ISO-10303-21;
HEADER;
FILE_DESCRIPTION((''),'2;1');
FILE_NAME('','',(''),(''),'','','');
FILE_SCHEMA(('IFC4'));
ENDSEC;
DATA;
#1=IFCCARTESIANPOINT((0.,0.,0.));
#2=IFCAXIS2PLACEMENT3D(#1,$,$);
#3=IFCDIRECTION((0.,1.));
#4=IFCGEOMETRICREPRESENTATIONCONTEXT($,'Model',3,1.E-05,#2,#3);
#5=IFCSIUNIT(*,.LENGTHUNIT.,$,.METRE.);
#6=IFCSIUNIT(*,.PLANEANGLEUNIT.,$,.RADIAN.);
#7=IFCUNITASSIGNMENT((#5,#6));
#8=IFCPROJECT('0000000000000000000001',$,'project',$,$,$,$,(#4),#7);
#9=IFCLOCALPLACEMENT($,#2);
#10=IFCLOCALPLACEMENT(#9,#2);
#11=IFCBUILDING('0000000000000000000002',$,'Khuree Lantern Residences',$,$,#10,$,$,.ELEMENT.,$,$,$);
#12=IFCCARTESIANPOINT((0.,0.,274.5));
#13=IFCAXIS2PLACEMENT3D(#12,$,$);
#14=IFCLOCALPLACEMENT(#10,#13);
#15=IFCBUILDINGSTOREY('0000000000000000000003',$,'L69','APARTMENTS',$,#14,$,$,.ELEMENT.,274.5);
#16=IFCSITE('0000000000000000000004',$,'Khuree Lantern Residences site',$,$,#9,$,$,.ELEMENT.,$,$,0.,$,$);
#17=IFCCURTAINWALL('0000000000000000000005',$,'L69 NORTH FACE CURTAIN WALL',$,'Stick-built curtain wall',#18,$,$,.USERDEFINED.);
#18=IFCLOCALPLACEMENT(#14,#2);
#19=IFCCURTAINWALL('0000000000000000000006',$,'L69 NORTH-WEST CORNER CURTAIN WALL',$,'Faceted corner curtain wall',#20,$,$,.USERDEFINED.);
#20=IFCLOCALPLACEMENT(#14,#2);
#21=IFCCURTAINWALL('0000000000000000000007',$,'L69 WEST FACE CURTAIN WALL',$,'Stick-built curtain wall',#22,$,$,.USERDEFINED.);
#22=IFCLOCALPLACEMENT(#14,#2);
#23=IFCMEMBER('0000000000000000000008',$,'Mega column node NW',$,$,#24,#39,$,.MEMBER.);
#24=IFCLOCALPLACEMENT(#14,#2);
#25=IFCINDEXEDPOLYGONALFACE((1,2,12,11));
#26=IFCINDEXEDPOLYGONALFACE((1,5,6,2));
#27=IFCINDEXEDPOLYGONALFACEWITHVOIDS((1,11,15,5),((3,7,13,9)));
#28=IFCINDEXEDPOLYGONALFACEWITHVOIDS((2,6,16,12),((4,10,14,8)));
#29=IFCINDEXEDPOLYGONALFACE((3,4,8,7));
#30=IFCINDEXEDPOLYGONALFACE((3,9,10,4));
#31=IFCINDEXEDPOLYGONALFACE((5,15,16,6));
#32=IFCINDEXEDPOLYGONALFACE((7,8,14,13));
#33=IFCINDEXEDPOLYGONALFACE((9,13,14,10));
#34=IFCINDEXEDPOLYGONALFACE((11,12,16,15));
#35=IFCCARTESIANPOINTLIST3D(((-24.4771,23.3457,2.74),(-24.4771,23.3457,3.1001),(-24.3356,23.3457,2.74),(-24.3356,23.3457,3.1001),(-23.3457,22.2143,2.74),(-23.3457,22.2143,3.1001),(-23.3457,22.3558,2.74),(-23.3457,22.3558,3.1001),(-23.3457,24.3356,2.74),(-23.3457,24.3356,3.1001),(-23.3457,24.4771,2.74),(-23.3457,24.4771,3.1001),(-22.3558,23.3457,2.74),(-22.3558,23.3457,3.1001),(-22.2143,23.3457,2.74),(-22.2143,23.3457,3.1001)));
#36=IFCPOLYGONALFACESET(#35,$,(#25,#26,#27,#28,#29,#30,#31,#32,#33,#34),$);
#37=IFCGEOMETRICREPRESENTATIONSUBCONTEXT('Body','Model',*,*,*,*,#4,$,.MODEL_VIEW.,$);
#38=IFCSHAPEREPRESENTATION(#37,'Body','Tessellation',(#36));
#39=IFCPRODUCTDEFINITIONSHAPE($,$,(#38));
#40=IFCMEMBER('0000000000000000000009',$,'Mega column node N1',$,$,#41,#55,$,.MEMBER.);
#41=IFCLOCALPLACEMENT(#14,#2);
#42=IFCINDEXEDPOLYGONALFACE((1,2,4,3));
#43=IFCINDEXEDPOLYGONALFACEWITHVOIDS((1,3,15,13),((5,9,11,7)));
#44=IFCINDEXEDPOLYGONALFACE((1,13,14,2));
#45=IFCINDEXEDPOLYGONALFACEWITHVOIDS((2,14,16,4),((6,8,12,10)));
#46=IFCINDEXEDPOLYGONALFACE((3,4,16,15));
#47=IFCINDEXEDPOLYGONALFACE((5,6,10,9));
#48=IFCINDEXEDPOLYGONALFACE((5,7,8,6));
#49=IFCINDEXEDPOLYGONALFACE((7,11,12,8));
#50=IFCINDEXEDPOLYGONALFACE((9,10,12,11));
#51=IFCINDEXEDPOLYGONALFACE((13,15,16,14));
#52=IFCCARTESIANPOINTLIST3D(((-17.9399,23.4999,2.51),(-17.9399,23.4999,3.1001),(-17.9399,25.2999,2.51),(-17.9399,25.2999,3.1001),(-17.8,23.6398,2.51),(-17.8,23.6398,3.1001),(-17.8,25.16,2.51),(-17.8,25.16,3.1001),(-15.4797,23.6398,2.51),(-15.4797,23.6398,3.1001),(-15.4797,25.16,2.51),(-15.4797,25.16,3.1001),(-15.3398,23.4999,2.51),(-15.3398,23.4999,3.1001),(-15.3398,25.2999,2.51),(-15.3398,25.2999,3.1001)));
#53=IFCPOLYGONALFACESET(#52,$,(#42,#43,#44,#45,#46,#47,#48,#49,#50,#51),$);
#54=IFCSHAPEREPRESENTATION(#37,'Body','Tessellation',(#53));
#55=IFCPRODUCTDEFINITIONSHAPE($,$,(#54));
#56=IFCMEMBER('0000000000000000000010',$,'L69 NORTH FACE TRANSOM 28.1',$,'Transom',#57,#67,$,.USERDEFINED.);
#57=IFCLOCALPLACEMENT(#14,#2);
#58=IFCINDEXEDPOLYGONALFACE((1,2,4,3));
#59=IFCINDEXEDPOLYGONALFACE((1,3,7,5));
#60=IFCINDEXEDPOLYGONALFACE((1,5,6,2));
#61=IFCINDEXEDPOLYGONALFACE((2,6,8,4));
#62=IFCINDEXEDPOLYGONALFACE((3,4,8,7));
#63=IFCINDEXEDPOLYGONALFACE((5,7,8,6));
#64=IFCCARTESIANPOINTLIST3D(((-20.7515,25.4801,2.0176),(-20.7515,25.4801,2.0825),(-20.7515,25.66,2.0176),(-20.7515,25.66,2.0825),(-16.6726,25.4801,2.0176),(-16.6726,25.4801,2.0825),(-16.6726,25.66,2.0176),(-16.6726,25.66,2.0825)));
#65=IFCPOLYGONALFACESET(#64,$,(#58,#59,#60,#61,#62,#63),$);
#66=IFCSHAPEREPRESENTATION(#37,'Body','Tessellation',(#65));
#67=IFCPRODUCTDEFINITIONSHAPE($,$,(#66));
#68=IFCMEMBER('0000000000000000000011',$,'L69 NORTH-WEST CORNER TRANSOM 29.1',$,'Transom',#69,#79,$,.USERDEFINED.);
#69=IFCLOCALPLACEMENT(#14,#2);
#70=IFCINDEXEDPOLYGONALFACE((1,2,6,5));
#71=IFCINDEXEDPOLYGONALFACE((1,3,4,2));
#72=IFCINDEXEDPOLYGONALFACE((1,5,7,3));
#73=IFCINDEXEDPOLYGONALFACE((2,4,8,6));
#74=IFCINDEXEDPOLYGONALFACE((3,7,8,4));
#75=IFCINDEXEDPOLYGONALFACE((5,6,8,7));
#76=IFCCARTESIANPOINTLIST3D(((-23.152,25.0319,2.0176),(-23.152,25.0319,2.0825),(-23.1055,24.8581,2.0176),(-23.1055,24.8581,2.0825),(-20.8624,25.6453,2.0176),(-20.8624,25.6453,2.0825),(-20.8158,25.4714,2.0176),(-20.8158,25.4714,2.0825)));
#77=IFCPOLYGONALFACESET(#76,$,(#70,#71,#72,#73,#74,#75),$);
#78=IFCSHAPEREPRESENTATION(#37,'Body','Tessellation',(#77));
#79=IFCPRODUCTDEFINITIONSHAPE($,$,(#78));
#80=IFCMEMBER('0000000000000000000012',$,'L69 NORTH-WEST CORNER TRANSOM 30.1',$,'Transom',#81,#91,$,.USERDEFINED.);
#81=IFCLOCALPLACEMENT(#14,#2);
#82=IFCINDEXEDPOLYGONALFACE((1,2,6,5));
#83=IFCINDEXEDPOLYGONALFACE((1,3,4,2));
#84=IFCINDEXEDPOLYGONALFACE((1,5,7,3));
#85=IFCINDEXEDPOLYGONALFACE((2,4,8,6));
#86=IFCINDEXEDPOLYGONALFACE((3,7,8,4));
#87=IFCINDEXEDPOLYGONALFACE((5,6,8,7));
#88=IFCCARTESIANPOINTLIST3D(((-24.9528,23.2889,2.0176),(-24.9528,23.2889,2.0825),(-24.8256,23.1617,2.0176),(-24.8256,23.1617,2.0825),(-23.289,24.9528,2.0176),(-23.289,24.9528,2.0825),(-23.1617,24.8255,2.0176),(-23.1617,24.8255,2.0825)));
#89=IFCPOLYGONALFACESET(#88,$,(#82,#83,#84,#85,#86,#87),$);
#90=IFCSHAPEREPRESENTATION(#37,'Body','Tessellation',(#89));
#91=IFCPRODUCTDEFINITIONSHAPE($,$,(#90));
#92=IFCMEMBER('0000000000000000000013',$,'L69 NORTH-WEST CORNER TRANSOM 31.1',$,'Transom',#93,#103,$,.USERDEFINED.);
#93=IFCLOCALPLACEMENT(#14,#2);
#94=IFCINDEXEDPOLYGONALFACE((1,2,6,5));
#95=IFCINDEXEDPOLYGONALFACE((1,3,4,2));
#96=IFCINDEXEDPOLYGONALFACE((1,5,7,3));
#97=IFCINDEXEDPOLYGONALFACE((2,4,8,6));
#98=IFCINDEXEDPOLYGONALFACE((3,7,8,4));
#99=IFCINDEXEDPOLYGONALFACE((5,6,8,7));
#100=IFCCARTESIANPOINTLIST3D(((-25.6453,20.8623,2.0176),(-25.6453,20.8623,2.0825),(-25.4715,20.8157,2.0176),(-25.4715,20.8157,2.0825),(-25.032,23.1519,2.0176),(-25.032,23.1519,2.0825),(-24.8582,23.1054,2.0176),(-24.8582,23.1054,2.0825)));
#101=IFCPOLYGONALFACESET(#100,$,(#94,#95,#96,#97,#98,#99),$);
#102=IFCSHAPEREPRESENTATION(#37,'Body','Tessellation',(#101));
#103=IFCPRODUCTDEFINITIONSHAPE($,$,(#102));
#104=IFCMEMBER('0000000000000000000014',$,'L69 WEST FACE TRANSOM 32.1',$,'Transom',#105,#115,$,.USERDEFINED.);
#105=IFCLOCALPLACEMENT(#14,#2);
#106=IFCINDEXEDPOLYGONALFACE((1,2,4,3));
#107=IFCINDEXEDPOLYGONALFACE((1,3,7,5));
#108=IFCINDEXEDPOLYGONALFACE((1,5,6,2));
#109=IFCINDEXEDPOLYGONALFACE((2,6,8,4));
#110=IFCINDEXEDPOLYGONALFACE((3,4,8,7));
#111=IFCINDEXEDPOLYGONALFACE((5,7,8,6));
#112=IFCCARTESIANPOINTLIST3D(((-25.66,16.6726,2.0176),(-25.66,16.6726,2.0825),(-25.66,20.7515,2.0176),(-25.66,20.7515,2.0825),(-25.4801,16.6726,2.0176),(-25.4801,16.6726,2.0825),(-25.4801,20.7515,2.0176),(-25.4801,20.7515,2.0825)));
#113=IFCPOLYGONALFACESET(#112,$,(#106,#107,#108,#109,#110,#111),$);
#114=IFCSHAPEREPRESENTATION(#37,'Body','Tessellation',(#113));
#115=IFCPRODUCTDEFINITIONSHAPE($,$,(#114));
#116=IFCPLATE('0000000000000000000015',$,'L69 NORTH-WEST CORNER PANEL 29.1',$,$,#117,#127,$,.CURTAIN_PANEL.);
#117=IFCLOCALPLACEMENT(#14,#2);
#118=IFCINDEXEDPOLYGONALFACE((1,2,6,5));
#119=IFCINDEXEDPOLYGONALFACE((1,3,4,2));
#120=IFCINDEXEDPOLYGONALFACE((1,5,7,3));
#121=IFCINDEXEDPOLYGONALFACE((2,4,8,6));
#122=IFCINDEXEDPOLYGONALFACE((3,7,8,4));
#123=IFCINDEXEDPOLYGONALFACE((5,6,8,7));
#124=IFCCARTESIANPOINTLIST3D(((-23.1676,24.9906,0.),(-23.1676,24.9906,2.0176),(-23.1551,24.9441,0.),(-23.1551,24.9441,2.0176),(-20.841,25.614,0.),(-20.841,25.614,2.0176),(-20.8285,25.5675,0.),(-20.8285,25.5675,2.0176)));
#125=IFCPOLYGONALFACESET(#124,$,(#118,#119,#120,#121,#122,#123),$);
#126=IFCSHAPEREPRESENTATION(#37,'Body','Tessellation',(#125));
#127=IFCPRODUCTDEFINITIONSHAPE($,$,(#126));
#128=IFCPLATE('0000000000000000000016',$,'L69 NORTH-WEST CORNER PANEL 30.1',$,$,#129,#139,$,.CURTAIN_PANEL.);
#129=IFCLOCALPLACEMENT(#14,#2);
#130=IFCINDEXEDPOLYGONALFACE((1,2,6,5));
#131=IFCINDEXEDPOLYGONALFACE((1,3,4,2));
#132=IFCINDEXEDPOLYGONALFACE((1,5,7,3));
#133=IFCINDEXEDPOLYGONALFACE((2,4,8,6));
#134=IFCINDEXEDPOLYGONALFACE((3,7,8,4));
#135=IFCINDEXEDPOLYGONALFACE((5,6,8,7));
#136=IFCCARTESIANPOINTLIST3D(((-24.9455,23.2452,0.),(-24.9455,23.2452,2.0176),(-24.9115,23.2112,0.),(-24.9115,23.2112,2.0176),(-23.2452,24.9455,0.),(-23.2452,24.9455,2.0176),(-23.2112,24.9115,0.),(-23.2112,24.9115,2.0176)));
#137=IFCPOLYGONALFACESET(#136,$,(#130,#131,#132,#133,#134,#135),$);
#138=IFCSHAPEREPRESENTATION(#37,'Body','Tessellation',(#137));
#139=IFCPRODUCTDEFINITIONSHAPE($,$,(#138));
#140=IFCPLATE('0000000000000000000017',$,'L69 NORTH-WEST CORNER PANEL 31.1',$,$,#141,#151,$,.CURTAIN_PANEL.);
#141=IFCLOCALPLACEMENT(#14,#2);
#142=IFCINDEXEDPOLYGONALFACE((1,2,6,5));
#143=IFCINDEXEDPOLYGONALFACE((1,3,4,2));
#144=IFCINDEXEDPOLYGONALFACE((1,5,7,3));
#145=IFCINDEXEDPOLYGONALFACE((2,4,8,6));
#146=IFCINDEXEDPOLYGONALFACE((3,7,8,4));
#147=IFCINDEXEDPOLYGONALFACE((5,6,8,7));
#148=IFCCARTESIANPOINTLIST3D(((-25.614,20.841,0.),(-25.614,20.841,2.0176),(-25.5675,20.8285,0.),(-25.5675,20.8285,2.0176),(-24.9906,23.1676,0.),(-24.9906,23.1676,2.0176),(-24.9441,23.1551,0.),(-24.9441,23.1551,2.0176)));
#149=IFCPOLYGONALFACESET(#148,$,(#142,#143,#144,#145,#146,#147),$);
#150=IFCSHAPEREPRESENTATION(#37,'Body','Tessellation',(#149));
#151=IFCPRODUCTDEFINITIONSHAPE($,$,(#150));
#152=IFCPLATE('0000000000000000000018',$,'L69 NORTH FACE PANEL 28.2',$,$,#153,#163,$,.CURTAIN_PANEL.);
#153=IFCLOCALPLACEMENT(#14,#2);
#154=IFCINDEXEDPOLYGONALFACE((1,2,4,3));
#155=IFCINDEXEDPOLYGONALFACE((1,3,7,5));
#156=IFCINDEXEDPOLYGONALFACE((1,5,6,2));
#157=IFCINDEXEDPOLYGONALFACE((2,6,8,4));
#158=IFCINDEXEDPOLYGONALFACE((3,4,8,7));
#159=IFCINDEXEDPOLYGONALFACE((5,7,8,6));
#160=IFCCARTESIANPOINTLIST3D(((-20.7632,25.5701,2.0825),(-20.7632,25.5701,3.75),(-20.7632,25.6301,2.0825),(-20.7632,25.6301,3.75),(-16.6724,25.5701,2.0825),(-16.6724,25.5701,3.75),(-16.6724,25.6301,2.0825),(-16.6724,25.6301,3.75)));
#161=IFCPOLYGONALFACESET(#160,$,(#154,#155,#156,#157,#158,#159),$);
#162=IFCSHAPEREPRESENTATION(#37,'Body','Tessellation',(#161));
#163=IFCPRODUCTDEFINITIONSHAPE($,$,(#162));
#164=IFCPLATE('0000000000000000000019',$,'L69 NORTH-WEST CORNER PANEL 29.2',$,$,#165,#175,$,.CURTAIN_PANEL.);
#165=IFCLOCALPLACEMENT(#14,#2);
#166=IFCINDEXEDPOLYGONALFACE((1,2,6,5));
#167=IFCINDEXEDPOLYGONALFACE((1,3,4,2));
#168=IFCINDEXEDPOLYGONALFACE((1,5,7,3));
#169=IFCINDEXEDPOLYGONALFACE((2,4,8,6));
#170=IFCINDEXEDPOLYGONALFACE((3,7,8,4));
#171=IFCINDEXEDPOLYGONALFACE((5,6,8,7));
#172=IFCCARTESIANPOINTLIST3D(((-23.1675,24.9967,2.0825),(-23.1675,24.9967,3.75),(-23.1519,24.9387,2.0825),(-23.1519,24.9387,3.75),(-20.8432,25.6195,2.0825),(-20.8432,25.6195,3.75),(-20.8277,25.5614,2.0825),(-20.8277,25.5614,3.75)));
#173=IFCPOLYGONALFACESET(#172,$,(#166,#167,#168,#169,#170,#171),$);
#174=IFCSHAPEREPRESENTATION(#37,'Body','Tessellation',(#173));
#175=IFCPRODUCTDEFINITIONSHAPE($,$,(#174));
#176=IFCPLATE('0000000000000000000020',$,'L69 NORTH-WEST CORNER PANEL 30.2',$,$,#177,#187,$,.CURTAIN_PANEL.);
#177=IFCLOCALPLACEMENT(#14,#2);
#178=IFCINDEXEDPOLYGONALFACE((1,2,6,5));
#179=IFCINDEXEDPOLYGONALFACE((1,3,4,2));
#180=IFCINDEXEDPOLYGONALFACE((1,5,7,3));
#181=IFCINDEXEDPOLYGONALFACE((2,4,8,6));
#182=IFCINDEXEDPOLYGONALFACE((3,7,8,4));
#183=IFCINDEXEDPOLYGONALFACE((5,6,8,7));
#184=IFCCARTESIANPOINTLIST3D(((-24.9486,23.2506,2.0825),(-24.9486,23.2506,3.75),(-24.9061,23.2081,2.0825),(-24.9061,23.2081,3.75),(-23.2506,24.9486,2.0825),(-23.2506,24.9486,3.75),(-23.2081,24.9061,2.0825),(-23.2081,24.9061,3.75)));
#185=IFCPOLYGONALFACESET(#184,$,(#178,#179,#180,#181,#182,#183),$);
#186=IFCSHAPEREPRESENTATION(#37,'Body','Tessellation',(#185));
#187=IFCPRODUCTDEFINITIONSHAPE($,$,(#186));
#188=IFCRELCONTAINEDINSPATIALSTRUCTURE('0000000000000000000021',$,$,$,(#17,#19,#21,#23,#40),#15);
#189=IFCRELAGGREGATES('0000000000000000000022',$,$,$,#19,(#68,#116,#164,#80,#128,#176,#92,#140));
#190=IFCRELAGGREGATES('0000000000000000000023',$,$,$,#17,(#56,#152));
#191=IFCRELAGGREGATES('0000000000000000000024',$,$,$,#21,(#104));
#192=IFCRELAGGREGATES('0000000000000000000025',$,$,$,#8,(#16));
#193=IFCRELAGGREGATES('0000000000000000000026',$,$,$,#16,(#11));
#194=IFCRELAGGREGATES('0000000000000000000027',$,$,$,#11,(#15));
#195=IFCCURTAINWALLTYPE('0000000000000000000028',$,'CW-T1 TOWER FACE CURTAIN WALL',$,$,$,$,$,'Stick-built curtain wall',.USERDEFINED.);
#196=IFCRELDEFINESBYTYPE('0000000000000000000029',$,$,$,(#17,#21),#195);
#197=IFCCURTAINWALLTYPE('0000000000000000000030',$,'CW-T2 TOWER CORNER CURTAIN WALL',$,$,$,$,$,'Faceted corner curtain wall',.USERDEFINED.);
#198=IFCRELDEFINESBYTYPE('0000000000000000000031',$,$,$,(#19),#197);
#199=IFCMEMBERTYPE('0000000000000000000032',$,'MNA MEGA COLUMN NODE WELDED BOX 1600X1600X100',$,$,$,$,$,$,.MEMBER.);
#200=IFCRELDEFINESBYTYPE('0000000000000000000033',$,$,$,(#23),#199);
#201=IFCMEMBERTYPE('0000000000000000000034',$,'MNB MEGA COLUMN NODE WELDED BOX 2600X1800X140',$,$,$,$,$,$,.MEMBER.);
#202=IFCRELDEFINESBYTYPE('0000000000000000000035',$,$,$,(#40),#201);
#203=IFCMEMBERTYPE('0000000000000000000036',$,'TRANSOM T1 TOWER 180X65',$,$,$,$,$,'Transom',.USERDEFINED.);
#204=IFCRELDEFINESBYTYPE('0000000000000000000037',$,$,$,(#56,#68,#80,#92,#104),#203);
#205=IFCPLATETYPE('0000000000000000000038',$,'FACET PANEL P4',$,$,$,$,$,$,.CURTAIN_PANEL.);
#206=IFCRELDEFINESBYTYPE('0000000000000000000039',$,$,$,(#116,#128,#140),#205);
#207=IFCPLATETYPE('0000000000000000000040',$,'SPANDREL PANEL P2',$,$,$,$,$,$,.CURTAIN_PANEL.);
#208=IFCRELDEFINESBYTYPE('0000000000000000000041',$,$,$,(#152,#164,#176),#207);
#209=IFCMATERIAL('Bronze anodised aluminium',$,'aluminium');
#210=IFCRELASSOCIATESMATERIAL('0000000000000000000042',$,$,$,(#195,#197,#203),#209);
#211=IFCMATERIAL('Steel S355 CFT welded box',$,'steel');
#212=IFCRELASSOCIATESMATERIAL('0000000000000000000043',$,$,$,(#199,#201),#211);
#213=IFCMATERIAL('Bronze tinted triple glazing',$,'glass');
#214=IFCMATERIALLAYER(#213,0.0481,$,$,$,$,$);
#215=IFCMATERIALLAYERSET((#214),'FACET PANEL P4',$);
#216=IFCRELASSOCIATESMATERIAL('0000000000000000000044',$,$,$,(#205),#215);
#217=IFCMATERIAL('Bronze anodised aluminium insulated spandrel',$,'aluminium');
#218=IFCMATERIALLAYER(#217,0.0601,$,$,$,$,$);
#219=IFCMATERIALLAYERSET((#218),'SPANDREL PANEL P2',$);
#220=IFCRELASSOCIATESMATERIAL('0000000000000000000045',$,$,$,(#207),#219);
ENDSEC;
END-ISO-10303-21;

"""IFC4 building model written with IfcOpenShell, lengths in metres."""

from ifc_helpers import new_model, si_unit, direction, frame, origin, origin_2d, place, context, subcontext, project, spatial, rectangle, hollow_rectangle, extrude, material, layer, layer_set, material_profile, profile_set, type_object, element, aggregate, save


model = new_model("IFC4")

# Units and contexts
model_context = context("Model", 3, precision=1e-05, world=origin(), true_north=direction((0.0, 1.0)))
body_context = subcontext(model_context, "Body", "Model", "MODEL_VIEW")
ifc_project = project(units=[si_unit("LENGTHUNIT", "METRE"), si_unit("PLANEANGLEUNIT", "RADIAN")], contexts=[model_context])

# Site, building, storey
site_placement = place(None, origin())
site = spatial("IfcSite", under=ifc_project, at=site_placement, Name="Khuree Lantern Residences site", CompositionType="ELEMENT", RefElevation=0.0)
building_placement = place(site_placement, origin())
building = spatial("IfcBuilding", under=site, at=building_placement, Name="Khuree Lantern Residences", CompositionType="ELEMENT")
storey_placement = place(building_placement, frame((0.0, 0.0, 274.5)))
storey = spatial("IfcBuildingStorey", under=building, at=storey_placement, Name="L69", Description="APARTMENTS", CompositionType="ELEMENT", Elevation=274.5)

# Shared definitions
ifc_material_1 = material(Name="Steel S355 CFT welded box", Category="steel")

# Curtain walls
ifc_material_2 = material(Name="Bronze anodised aluminium", Category="aluminium")
curtain_wall_type_1 = type_object("IfcCurtainWallType", Name="CW-T1 TOWER FACE CURTAIN WALL", ElementType="Stick-built curtain wall", PredefinedType="USERDEFINED", material=ifc_material_2)
curtain_wall_1_placement = place(storey_placement, origin())
curtain_wall_1 = element("IfcCurtainWall", 1, at=curtain_wall_1_placement, inside=storey, type_object=curtain_wall_type_1, Name="L69 NORTH FACE CURTAIN WALL", ObjectType="Stick-built curtain wall", PredefinedType="USERDEFINED")
curtain_wall_type_2 = type_object("IfcCurtainWallType", Name="CW-T2 TOWER CORNER CURTAIN WALL", ElementType="Faceted corner curtain wall", PredefinedType="USERDEFINED", material=ifc_material_2)
curtain_wall_2_placement = place(storey_placement, origin())
curtain_wall_2 = element("IfcCurtainWall", 2, at=curtain_wall_2_placement, inside=storey, type_object=curtain_wall_type_2, Name="L69 NORTH-WEST CORNER CURTAIN WALL", ObjectType="Faceted corner curtain wall", PredefinedType="USERDEFINED")

# Curtain wall
curtain_wall_3_placement = place(storey_placement, origin())
curtain_wall_3 = element("IfcCurtainWall", 3, at=curtain_wall_3_placement, inside=storey, type_object=curtain_wall_type_1, Name="L69 WEST FACE CURTAIN WALL", ObjectType="Stick-built curtain wall", PredefinedType="USERDEFINED")

# Members
ifc_material_profile_1 = material_profile(ifc_material_1, hollow_rectangle(XDim=1.6001, YDim=1.6001, WallThickness=0.1001, at=origin_2d()), Name="WELDED BOX 1600X1600X100")
ifc_profile_set_1 = profile_set([ifc_material_profile_1], Name="Steel S355 CFT welded box")
member_type_1 = type_object("IfcMemberType", Name="MNA MEGA COLUMN NODE WELDED BOX 1600X1600X100", PredefinedType="MEMBER", material=ifc_profile_set_1)
member_1_placement = place(storey_placement, frame((-23.3457, 23.3457, 2.74), z_axis=(0.0, 0.0, 1.0), x_axis=(0.707107, 0.707107, 0.0)))
element("IfcMember", 4, at=member_1_placement, inside=storey, type_object=member_type_1, Name="Mega column node NW", PredefinedType="MEMBER", context=body_context, shape_type="SweptSolid", body=[
    extrude(hollow_rectangle(XDim=1.6001, YDim=1.6001, WallThickness=0.1001, at=origin_2d()), origin(), (0.0, 0.0, 1.0), 0.3601),
])
ifc_material_profile_2 = material_profile(ifc_material_1, hollow_rectangle(XDim=2.6001, YDim=1.8, WallThickness=0.1399, at=origin_2d()), Name="WELDED BOX 2600X1800X140")
ifc_profile_set_2 = profile_set([ifc_material_profile_2], Name="Steel S355 CFT welded box")
member_type_2 = type_object("IfcMemberType", Name="MNB MEGA COLUMN NODE WELDED BOX 2600X1800X140", PredefinedType="MEMBER", material=ifc_profile_set_2)
member_2_placement = place(storey_placement, frame((-16.6399, 24.3999, 2.51), z_axis=(0.0, 0.0, 1.0), x_axis=(1.0, 0.0, 0.0)))
element("IfcMember", 5, at=member_2_placement, inside=storey, type_object=member_type_2, Name="Mega column node N1", PredefinedType="MEMBER", context=body_context, shape_type="SweptSolid", body=[
    extrude(hollow_rectangle(XDim=2.6001, YDim=1.8, WallThickness=0.1399, at=origin_2d()), origin(), (0.0, 0.0, 1.0), 0.5901),
])

# Members
ifc_material_profile_3 = material_profile(ifc_material_2, rectangle(XDim=0.1799, YDim=0.0649, at=origin_2d()), Name="T1 180X65")
ifc_profile_set_3 = profile_set([ifc_material_profile_3], Name="Bronze anodised aluminium")
member_type_3 = type_object("IfcMemberType", Name="TRANSOM T1 TOWER 180X65", ElementType="Transom", PredefinedType="USERDEFINED", material=ifc_profile_set_3)
member_3_placement = place(storey_placement, frame((-16.6726, 25.5701, 2.05), z_axis=(-1.0, 0.0, 0.0), x_axis=(0.0, -1.0, 0.0)))
member_3 = element("IfcMember", 6, at=member_3_placement, type_object=member_type_3, Name="L69 NORTH FACE TRANSOM 28.1", ObjectType="Transom", PredefinedType="USERDEFINED", context=body_context, shape_type="SweptSolid", body=[
    extrude(rectangle(XDim=0.1799, YDim=0.0649, at=origin_2d()), origin(), (0.0, 0.0, 1.0), 4.0789),
])
member_4_placement = place(storey_placement, frame((-20.8391, 25.5583, 2.05), z_axis=(-0.965947, -0.25874, 0.0), x_axis=(0.25874, -0.965947, 0.0)))
member_4 = element("IfcMember", 7, at=member_4_placement, type_object=member_type_3, Name="L69 NORTH-WEST CORNER TRANSOM 29.1", ObjectType="Transom", PredefinedType="USERDEFINED", context=body_context, shape_type="SweptSolid", body=[
    extrude(rectangle(XDim=0.1799, YDim=0.0649, at=origin_2d()), origin(), (0.0, 0.0, 1.0), 2.3704),
])
member_5_placement = place(storey_placement, frame((-23.2253, 24.8892, 2.05), z_axis=(-0.707107, -0.707107, 0.0), x_axis=(0.707107, -0.707107, 0.0)))
member_5 = element("IfcMember", 8, at=member_5_placement, type_object=member_type_3, Name="L69 NORTH-WEST CORNER TRANSOM 30.1", ObjectType="Transom", PredefinedType="USERDEFINED", context=body_context, shape_type="SweptSolid", body=[
    extrude(rectangle(XDim=0.1799, YDim=0.0649, at=origin_2d()), origin(), (0.0, 0.0, 1.0), 2.353),
])
member_6_placement = place(storey_placement, frame((-24.9451, 23.1287, 2.05), z_axis=(-0.25874, -0.965947, 0.0), x_axis=(0.965947, -0.25874, 0.0)))
member_6 = element("IfcMember", 9, at=member_6_placement, type_object=member_type_3, Name="L69 NORTH-WEST CORNER TRANSOM 31.1", ObjectType="Transom", PredefinedType="USERDEFINED", context=body_context, shape_type="SweptSolid", body=[
    extrude(rectangle(XDim=0.1799, YDim=0.0649, at=origin_2d()), origin(), (0.0, 0.0, 1.0), 2.3704),
])
member_7_placement = place(storey_placement, frame((-25.5701, 20.7515, 2.05), z_axis=(0.0, -1.0, 0.0), x_axis=(1.0, 0.0, 0.0)))
member_7 = element("IfcMember", 10, at=member_7_placement, type_object=member_type_3, Name="L69 WEST FACE TRANSOM 32.1", ObjectType="Transom", PredefinedType="USERDEFINED", context=body_context, shape_type="SweptSolid", body=[
    extrude(rectangle(XDim=0.1799, YDim=0.0649, at=origin_2d()), origin(), (0.0, 0.0, 1.0), 4.0789),
])

# Plates
ifc_material_3 = material(Name="Bronze tinted triple glazing", Category="glass")
ifc_layer_1 = layer(ifc_material_3, 0.0481)
ifc_layer_set_1 = layer_set([ifc_layer_1], Name="FACET PANEL P4")
plate_type_1 = type_object("IfcPlateType", Name="FACET PANEL P4", PredefinedType="CURTAIN_PANEL", material=ifc_layer_set_1)
plate_1_placement = place(storey_placement, frame((-21.998, 25.2791, 0.0), z_axis=(0.0, 0.0, 1.0), x_axis=(-0.965926, -0.258819, 0.0)))
plate_1 = element("IfcPlate", 11, at=plate_1_placement, type_object=plate_type_1, Name="L69 NORTH-WEST CORNER PANEL 29.1", PredefinedType="CURTAIN_PANEL", context=body_context, shape_type="SweptSolid", body=[
    extrude(rectangle(XDim=2.4087, YDim=0.0481, at=origin_2d()), origin(), (0.0, 0.0, 1.0), 2.0176),
])
plate_2_placement = place(storey_placement, frame((-24.0784, 24.0784, 0.0), z_axis=(0.0, 0.0, 1.0), x_axis=(-0.707107, -0.707107, 0.0)))
plate_2 = element("IfcPlate", 12, at=plate_2_placement, type_object=plate_type_1, Name="L69 NORTH-WEST CORNER PANEL 30.1", PredefinedType="CURTAIN_PANEL", context=body_context, shape_type="SweptSolid", body=[
    extrude(rectangle(XDim=2.4045, YDim=0.0481, at=origin_2d()), origin(), (0.0, 0.0, 1.0), 2.0176),
])
plate_3_placement = place(storey_placement, frame((-25.2791, 21.998, 0.0), z_axis=(0.0, 0.0, 1.0), x_axis=(-0.258819, -0.965926, 0.0)))
plate_3 = element("IfcPlate", 13, at=plate_3_placement, type_object=plate_type_1, Name="L69 NORTH-WEST CORNER PANEL 31.1", PredefinedType="CURTAIN_PANEL", context=body_context, shape_type="SweptSolid", body=[
    extrude(rectangle(XDim=2.4087, YDim=0.0481, at=origin_2d()), origin(), (0.0, 0.0, 1.0), 2.0176),
])
ifc_material_4 = material(Name="Bronze anodised aluminium insulated spandrel", Category="aluminium")
ifc_layer_2 = layer(ifc_material_4, 0.0601)
ifc_layer_set_2 = layer_set([ifc_layer_2], Name="SPANDREL PANEL P2")
plate_type_2 = type_object("IfcPlateType", Name="SPANDREL PANEL P2", PredefinedType="CURTAIN_PANEL", material=ifc_layer_set_2)
plate_4_placement = place(storey_placement, frame((-18.7178, 25.6001, 2.0825), z_axis=(0.0, 0.0, 1.0), x_axis=(-1.0, 0.0, 0.0)))
plate_4 = element("IfcPlate", 14, at=plate_4_placement, type_object=plate_type_2, Name="L69 NORTH FACE PANEL 28.2", PredefinedType="CURTAIN_PANEL", context=body_context, shape_type="SweptSolid", body=[
    extrude(rectangle(XDim=4.0908, YDim=0.0601, at=origin_2d()), origin(), (0.0, 0.0, 1.0), 1.6675),
])
plate_5_placement = place(storey_placement, frame((-21.9976, 25.2791, 2.0825), z_axis=(0.0, 0.0, 1.0), x_axis=(-0.965926, -0.258819, 0.0)))
plate_5 = element("IfcPlate", 15, at=plate_5_placement, type_object=plate_type_2, Name="L69 NORTH-WEST CORNER PANEL 29.2", PredefinedType="CURTAIN_PANEL", context=body_context, shape_type="SweptSolid", body=[
    extrude(rectangle(XDim=2.4062, YDim=0.0601, at=origin_2d()), origin(), (0.0, 0.0, 1.0), 1.6675),
])
plate_6_placement = place(storey_placement, frame((-24.0784, 24.0784, 2.0825), z_axis=(0.0, 0.0, 1.0), x_axis=(-0.707107, -0.707107, 0.0)))
plate_6 = element("IfcPlate", 16, at=plate_6_placement, type_object=plate_type_2, Name="L69 NORTH-WEST CORNER PANEL 30.2", PredefinedType="CURTAIN_PANEL", context=body_context, shape_type="SweptSolid", body=[
    extrude(rectangle(XDim=2.4014, YDim=0.0601, at=origin_2d()), origin(), (0.0, 0.0, 1.0), 1.6675),
])
aggregate(curtain_wall_2, [member_4, plate_1, plate_5, member_5, plate_2, plate_6, member_6, plate_3])
aggregate(curtain_wall_1, [member_3, plate_4])
aggregate(curtain_wall_3, [member_7])

save(model, "model.ifc")
